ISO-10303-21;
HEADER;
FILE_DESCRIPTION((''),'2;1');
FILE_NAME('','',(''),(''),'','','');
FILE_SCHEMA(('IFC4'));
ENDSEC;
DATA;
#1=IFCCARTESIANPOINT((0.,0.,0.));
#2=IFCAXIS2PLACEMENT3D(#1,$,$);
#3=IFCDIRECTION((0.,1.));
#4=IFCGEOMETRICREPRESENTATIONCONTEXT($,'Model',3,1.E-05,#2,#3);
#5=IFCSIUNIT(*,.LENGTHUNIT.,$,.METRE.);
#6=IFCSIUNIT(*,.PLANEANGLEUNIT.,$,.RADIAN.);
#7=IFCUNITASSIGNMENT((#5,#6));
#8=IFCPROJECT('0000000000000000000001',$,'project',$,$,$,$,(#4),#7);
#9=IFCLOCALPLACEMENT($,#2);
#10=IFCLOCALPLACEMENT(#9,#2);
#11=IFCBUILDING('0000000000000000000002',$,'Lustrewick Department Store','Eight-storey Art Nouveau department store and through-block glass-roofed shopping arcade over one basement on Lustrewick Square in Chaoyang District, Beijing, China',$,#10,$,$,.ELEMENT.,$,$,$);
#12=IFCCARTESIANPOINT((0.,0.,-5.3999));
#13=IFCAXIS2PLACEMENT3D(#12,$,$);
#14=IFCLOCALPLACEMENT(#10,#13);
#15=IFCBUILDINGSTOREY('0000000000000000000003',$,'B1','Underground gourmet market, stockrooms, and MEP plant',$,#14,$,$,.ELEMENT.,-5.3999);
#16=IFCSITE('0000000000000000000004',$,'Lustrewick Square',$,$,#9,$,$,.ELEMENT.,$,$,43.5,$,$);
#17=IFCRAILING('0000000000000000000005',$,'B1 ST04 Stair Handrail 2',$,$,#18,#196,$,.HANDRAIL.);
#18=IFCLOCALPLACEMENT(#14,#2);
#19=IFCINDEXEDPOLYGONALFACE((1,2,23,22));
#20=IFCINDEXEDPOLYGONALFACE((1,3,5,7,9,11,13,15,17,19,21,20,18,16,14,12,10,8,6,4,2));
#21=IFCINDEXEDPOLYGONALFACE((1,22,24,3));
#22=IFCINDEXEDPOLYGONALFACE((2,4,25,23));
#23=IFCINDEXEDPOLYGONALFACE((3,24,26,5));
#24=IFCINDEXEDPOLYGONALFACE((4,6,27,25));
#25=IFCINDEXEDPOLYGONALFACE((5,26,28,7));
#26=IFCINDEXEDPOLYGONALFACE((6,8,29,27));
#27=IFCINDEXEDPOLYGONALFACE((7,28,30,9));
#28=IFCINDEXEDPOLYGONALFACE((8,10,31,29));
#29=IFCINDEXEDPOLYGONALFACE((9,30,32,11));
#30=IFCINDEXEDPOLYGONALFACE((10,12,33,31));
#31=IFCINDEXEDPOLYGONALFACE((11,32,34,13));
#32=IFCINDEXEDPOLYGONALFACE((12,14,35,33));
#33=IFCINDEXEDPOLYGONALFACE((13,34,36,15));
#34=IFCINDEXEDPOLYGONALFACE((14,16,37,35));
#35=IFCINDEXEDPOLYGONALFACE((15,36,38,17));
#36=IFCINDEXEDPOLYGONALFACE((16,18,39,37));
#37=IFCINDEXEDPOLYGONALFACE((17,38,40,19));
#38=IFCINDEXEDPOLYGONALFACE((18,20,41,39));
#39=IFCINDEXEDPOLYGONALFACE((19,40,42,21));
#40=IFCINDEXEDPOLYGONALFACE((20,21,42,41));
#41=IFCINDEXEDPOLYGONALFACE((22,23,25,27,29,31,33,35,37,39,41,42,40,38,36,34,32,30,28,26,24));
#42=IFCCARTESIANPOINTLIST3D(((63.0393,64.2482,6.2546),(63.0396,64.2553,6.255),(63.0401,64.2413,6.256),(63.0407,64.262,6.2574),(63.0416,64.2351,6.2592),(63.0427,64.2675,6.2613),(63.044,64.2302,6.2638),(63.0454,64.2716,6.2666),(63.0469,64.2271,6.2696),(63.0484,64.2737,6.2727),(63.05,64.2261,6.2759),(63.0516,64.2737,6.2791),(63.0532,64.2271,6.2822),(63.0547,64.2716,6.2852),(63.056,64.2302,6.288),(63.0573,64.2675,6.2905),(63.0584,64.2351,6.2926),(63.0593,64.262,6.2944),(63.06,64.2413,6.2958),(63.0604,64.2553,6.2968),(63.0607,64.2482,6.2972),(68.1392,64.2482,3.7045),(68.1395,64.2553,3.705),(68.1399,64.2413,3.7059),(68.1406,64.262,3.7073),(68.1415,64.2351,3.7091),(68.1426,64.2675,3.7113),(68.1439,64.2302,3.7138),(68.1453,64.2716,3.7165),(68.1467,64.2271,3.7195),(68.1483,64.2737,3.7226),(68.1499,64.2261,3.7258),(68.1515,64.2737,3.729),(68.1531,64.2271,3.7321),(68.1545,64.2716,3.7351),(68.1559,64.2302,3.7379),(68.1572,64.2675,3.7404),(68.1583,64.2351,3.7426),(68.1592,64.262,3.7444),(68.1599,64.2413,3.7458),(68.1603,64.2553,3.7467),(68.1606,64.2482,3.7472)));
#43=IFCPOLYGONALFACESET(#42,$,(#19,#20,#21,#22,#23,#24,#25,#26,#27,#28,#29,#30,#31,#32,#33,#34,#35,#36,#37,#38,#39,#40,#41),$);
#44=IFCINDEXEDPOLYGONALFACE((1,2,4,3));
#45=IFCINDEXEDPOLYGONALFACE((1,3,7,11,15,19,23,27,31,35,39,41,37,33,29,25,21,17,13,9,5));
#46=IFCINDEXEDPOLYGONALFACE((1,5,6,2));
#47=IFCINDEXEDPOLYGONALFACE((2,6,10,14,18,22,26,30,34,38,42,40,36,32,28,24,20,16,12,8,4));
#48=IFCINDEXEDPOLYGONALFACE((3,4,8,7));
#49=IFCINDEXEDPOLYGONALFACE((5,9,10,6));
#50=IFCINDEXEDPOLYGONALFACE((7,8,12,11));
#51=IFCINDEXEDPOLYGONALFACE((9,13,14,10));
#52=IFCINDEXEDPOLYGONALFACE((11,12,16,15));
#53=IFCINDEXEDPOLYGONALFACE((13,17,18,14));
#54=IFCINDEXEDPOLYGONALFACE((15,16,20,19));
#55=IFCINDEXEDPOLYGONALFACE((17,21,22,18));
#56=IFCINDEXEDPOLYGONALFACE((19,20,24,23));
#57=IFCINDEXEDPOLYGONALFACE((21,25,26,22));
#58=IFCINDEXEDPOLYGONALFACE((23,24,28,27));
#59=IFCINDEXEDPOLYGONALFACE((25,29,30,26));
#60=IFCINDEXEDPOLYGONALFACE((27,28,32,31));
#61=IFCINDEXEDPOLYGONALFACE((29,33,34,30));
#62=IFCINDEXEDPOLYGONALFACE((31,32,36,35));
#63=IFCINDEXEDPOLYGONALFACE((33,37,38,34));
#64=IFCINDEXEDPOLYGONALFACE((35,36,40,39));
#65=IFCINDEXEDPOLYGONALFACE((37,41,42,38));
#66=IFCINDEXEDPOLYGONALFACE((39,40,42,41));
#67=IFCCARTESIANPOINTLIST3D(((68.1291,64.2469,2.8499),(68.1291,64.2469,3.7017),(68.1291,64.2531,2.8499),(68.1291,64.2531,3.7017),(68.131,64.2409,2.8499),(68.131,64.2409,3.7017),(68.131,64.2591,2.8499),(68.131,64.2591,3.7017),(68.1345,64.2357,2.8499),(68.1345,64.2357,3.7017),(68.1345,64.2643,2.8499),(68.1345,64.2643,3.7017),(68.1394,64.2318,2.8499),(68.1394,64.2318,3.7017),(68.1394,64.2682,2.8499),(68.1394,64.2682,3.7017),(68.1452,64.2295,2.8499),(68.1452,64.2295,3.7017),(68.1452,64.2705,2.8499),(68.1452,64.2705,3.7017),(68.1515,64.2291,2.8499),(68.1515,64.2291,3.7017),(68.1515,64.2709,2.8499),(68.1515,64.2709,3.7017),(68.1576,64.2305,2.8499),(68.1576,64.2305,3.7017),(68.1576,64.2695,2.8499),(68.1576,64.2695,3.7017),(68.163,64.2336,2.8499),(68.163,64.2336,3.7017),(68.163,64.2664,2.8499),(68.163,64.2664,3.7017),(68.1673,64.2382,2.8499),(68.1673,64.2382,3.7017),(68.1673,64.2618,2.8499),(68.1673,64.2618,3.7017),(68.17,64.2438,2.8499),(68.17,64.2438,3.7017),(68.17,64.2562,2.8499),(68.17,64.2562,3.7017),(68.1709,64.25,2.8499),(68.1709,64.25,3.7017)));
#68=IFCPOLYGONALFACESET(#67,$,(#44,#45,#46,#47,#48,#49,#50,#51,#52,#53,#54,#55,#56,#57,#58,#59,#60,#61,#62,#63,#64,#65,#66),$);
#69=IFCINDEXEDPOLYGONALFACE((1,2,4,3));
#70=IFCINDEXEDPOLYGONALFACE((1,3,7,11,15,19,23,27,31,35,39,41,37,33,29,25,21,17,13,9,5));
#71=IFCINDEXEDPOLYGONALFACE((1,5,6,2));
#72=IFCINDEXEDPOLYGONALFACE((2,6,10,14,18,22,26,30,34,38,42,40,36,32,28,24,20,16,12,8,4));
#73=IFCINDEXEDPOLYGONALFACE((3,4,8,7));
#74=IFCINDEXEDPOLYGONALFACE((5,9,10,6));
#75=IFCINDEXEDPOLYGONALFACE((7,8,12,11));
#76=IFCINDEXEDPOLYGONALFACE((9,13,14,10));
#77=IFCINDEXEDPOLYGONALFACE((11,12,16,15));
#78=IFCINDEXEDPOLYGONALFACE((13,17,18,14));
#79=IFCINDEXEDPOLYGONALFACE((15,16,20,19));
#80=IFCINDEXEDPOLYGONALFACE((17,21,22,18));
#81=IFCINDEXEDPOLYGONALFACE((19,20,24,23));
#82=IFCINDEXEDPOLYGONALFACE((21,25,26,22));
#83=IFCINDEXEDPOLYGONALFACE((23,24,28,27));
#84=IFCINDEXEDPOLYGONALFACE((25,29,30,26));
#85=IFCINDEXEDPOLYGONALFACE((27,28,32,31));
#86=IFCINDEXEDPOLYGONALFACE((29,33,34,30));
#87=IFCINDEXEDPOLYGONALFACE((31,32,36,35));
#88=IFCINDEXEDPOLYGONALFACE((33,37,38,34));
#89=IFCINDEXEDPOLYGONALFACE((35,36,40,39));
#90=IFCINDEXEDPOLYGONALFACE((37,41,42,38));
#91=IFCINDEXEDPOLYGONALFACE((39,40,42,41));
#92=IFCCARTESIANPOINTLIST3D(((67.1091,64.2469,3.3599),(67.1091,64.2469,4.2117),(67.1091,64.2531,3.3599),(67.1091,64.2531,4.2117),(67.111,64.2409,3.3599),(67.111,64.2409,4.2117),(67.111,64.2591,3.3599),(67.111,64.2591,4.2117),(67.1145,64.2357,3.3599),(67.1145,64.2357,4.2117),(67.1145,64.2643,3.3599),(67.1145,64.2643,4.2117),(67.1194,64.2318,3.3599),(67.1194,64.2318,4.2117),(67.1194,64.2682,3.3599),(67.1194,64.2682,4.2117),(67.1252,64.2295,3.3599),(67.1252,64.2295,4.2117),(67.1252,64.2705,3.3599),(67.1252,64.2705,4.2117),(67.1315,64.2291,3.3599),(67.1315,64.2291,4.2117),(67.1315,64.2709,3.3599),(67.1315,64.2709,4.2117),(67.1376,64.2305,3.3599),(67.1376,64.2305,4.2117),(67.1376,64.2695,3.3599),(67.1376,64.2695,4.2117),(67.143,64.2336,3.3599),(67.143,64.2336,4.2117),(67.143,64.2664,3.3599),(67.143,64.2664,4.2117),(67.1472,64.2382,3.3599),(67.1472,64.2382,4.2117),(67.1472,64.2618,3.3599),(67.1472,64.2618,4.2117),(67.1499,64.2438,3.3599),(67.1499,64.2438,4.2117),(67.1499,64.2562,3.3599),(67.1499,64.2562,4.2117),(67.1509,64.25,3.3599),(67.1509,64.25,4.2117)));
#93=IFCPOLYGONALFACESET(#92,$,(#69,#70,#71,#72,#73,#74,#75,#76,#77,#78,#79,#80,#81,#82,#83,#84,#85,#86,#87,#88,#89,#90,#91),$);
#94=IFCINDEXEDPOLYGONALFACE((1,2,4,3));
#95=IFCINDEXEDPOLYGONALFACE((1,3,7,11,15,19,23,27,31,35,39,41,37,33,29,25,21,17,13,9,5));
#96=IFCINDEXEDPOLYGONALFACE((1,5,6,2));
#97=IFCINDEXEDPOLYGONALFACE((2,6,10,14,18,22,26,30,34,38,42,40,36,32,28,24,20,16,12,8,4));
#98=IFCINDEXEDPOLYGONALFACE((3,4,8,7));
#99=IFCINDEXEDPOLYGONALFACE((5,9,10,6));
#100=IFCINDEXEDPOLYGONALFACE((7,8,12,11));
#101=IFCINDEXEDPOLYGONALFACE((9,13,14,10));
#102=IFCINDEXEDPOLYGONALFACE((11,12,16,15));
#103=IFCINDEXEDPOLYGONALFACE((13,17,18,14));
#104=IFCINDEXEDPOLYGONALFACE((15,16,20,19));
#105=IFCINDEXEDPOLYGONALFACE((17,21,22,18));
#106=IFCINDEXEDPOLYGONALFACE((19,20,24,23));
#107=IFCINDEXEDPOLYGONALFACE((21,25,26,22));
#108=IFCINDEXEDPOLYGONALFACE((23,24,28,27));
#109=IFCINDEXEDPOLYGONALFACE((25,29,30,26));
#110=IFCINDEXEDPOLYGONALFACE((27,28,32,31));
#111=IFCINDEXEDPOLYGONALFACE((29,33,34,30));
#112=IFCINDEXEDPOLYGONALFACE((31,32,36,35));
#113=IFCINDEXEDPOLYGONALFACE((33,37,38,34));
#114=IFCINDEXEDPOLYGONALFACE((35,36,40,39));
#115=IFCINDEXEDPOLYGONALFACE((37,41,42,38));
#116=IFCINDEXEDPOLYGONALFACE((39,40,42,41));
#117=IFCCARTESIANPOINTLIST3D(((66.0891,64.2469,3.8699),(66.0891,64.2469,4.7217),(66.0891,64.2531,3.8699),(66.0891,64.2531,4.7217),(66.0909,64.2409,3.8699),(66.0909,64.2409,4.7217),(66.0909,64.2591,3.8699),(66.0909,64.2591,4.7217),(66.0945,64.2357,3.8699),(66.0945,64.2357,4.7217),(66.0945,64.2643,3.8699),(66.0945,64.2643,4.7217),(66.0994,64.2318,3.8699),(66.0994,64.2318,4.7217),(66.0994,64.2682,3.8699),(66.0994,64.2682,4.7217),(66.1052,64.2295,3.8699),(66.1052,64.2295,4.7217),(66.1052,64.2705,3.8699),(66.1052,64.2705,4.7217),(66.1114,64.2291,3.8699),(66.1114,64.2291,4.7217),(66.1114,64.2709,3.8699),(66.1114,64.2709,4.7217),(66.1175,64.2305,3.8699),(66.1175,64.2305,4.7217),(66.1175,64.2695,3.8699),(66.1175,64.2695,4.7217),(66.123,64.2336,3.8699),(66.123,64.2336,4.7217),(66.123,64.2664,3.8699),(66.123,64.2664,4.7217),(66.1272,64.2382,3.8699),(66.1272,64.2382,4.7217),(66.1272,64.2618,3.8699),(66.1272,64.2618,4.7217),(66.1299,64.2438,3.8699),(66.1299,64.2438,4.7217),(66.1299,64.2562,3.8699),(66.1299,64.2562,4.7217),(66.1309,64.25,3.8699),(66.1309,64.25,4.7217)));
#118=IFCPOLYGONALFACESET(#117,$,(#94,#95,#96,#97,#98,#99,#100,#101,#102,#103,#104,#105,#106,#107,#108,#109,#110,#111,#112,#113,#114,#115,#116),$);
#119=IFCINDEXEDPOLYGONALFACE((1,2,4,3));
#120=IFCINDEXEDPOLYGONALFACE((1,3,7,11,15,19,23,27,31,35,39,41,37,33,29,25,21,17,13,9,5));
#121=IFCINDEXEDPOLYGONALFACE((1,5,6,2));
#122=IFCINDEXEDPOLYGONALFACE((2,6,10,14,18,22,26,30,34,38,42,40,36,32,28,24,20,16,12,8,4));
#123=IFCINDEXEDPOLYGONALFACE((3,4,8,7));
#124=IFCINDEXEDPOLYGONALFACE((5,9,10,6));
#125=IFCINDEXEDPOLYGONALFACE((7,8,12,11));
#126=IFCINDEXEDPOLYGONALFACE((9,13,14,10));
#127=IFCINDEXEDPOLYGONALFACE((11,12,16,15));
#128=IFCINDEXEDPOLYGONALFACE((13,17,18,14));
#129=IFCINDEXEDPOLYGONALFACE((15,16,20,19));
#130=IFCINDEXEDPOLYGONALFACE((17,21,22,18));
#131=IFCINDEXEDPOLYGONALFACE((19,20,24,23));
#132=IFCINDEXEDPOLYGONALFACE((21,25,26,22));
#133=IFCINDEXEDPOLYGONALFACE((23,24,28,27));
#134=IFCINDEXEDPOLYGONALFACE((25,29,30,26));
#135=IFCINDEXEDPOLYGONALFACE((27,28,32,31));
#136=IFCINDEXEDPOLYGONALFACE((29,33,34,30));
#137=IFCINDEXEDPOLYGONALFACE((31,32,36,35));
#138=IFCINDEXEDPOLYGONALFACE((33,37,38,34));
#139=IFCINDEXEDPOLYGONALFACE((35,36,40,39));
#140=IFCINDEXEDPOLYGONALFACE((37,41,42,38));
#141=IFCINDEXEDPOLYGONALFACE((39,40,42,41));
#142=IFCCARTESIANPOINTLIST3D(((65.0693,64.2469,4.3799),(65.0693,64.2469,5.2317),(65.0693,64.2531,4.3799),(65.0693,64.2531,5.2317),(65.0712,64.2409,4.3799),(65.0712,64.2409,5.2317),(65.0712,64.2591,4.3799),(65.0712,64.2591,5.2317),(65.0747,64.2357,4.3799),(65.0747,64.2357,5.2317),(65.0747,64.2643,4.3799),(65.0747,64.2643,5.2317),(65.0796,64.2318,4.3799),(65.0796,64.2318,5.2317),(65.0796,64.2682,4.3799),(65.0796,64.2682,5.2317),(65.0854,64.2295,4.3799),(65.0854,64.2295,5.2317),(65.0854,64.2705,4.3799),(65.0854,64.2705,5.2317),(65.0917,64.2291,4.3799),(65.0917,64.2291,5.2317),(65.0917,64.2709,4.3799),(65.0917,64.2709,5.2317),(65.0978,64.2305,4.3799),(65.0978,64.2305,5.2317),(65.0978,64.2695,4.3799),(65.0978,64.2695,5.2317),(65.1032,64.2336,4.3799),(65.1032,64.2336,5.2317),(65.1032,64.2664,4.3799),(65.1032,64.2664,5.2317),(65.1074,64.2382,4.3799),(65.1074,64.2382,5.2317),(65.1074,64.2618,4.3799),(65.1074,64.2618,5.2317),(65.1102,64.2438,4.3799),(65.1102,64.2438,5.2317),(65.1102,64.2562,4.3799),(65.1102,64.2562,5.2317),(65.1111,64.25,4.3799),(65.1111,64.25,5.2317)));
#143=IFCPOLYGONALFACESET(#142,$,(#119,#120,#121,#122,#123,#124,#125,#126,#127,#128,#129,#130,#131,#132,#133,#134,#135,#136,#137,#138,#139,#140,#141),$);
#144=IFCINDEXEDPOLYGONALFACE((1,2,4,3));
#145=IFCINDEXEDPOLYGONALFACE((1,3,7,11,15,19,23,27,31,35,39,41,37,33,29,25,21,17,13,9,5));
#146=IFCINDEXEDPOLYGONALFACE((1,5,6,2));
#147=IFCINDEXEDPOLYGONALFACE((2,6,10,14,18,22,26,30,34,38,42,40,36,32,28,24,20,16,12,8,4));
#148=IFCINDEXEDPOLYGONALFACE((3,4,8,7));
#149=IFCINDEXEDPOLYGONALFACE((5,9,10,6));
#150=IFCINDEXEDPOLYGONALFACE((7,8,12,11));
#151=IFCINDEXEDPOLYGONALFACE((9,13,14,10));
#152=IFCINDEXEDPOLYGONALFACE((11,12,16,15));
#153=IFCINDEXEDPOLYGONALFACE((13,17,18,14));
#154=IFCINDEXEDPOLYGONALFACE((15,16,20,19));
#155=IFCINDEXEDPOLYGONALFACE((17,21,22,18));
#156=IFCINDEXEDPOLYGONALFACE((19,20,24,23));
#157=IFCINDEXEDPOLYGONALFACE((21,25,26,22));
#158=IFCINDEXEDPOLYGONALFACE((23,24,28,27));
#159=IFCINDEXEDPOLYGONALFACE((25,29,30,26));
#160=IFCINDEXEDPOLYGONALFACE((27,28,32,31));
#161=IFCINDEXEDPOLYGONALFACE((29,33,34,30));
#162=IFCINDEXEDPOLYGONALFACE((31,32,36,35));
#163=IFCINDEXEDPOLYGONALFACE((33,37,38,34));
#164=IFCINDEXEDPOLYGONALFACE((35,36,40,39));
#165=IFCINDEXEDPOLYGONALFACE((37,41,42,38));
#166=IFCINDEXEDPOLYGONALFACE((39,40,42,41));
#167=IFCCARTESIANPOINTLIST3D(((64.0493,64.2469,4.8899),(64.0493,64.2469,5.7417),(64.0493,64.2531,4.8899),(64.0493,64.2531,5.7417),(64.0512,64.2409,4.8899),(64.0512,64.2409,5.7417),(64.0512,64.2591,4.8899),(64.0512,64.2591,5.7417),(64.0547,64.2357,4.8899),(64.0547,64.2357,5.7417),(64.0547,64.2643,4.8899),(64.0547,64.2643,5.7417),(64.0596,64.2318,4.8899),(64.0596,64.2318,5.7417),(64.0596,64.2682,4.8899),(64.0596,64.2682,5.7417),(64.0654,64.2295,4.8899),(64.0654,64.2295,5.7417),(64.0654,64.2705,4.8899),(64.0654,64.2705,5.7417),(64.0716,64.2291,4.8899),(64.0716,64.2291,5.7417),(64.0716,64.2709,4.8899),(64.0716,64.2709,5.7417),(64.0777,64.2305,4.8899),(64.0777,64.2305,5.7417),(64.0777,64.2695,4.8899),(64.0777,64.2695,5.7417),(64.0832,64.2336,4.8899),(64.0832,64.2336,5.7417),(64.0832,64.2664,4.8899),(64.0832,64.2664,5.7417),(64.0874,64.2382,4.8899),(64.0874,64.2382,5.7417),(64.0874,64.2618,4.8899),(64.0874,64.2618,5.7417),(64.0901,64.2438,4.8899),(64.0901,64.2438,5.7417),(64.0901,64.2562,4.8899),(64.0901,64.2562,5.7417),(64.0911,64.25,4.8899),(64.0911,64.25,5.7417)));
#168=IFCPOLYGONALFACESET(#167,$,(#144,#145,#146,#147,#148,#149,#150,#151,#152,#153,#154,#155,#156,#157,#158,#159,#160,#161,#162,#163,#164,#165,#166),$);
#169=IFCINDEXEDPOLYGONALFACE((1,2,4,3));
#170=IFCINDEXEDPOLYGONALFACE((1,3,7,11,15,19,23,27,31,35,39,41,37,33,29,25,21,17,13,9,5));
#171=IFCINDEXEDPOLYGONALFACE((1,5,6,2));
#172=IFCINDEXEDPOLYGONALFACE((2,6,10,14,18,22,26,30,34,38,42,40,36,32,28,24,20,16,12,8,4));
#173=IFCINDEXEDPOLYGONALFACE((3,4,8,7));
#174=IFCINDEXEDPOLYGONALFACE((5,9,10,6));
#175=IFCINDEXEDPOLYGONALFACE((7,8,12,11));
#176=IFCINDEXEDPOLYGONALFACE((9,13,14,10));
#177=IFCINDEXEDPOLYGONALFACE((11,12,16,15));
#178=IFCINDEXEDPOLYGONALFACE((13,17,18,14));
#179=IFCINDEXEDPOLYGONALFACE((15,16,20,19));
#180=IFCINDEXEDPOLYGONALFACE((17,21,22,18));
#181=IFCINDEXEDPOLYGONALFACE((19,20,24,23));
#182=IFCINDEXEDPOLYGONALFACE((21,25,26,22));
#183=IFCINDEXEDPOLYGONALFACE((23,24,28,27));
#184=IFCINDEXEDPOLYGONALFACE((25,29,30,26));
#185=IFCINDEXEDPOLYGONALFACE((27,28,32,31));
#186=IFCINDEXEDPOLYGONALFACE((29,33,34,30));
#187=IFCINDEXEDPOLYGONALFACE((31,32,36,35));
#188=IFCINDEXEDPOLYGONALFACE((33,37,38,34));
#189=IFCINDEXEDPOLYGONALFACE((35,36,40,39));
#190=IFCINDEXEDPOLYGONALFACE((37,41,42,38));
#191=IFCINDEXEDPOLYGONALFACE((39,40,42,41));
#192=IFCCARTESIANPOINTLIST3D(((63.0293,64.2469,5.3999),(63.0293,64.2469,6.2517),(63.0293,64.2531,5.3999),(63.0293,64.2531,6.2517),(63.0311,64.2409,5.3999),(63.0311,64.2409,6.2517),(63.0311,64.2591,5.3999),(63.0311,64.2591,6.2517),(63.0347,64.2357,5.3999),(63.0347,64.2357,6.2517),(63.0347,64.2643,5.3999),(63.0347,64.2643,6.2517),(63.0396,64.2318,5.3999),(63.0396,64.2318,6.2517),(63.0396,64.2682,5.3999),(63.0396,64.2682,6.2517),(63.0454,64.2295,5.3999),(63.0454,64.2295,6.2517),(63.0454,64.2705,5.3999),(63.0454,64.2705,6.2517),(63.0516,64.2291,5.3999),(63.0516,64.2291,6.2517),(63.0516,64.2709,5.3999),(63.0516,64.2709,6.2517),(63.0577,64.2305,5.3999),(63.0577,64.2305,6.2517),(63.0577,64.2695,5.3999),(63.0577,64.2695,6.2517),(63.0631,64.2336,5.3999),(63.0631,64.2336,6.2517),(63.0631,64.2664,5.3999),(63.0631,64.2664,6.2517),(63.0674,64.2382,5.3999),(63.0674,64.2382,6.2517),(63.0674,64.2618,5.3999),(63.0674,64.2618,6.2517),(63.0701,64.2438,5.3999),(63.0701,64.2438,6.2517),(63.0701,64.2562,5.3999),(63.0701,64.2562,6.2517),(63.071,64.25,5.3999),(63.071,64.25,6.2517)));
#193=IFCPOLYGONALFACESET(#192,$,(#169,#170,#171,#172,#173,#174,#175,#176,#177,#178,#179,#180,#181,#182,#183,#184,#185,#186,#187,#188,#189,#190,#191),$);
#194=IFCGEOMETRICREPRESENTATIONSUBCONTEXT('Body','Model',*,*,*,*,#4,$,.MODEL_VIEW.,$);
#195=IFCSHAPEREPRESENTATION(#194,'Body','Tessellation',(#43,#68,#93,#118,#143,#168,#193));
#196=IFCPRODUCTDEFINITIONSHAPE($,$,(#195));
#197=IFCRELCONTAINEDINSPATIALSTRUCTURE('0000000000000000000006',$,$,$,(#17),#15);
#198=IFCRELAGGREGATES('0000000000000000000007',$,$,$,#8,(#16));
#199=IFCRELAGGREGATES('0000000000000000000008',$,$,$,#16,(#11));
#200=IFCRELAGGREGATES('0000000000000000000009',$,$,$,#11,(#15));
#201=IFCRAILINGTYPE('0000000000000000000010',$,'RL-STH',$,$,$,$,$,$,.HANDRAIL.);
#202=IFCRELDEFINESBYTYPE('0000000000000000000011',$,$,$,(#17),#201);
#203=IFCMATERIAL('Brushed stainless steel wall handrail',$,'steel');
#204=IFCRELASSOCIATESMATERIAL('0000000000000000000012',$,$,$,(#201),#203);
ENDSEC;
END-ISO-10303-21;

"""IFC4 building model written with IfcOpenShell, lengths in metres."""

from ifc_helpers import new_model, si_unit, direction, frame, origin, origin_2d, place, context, subcontext, project, spatial, circle, extrude, material, type_object, element, save


model = new_model("IFC4")

# Units and contexts
model_context = context("Model", 3, precision=1e-05, world=origin(), true_north=direction((0.0, 1.0)))
body_context = subcontext(model_context, "Body", "Model", "MODEL_VIEW")
ifc_project = project(units=[si_unit("LENGTHUNIT", "METRE"), si_unit("PLANEANGLEUNIT", "RADIAN")], contexts=[model_context])

# Site, building, storey
site_placement = place(None, origin())
site = spatial("IfcSite", under=ifc_project, at=site_placement, Name="Lustrewick Square", CompositionType="ELEMENT", RefElevation=43.5)
building_placement = place(site_placement, origin())
building = spatial("IfcBuilding", under=site, at=building_placement, Name="Lustrewick Department Store", Description="Eight-storey Art Nouveau department store and through-block glass-roofed shopping arcade over one basement on Lustrewick Square in Chaoyang District, Beijing, China", CompositionType="ELEMENT")
storey_placement = place(building_placement, frame((0.0, 0.0, -5.3999)))
storey = spatial("IfcBuildingStorey", under=building, at=storey_placement, Name="B1", Description="Underground gourmet market, stockrooms, and MEP plant", CompositionType="ELEMENT", Elevation=-5.3999)

# Railing
ifc_material_1 = material(Name="Brushed stainless steel wall handrail", Category="steel")
railing_type_1 = type_object("IfcRailingType", Name="RL-STH", PredefinedType="HANDRAIL", material=ifc_material_1)
railing_1_placement = place(storey_placement, frame((68.1499, 64.25, 2.8499)))
element("IfcRailing", 1, at=railing_1_placement, inside=storey, type_object=railing_type_1, Name="B1 ST04 Stair Handrail 2", PredefinedType="HANDRAIL", context=body_context, shape_type="SweptSolid", body=[
    extrude(circle(Radius=0.0239, at=origin_2d()), frame((0.0, 0.0, 0.876), z_axis=(-0.894419, 0.0, 0.447231), x_axis=(0.0, -1.0, 0.0)), (0.0, 0.0, 1.0), 5.7019),
    extrude(circle(Radius=0.021, at=origin_2d()), origin(), (0.0, 0.0, 1.0), 0.8518),
    extrude(circle(Radius=0.021, at=origin_2d()), frame((-1.02, 0.0, 0.51)), (0.0, 0.0, 1.0), 0.8518),
    extrude(circle(Radius=0.021, at=origin_2d()), frame((-2.04, 0.0, 1.02)), (0.0, 0.0, 1.0), 0.8518),
    extrude(circle(Radius=0.021, at=origin_2d()), frame((-3.0598, 0.0, 1.53)), (0.0, 0.0, 1.0), 0.8518),
    extrude(circle(Radius=0.021, at=origin_2d()), frame((-4.0798, 0.0, 2.04)), (0.0, 0.0, 1.0), 0.8518),
    extrude(circle(Radius=0.021, at=origin_2d()), frame((-5.0999, 0.0, 2.55)), (0.0, 0.0, 1.0), 0.8518),
])

save(model, "model.ifc")
